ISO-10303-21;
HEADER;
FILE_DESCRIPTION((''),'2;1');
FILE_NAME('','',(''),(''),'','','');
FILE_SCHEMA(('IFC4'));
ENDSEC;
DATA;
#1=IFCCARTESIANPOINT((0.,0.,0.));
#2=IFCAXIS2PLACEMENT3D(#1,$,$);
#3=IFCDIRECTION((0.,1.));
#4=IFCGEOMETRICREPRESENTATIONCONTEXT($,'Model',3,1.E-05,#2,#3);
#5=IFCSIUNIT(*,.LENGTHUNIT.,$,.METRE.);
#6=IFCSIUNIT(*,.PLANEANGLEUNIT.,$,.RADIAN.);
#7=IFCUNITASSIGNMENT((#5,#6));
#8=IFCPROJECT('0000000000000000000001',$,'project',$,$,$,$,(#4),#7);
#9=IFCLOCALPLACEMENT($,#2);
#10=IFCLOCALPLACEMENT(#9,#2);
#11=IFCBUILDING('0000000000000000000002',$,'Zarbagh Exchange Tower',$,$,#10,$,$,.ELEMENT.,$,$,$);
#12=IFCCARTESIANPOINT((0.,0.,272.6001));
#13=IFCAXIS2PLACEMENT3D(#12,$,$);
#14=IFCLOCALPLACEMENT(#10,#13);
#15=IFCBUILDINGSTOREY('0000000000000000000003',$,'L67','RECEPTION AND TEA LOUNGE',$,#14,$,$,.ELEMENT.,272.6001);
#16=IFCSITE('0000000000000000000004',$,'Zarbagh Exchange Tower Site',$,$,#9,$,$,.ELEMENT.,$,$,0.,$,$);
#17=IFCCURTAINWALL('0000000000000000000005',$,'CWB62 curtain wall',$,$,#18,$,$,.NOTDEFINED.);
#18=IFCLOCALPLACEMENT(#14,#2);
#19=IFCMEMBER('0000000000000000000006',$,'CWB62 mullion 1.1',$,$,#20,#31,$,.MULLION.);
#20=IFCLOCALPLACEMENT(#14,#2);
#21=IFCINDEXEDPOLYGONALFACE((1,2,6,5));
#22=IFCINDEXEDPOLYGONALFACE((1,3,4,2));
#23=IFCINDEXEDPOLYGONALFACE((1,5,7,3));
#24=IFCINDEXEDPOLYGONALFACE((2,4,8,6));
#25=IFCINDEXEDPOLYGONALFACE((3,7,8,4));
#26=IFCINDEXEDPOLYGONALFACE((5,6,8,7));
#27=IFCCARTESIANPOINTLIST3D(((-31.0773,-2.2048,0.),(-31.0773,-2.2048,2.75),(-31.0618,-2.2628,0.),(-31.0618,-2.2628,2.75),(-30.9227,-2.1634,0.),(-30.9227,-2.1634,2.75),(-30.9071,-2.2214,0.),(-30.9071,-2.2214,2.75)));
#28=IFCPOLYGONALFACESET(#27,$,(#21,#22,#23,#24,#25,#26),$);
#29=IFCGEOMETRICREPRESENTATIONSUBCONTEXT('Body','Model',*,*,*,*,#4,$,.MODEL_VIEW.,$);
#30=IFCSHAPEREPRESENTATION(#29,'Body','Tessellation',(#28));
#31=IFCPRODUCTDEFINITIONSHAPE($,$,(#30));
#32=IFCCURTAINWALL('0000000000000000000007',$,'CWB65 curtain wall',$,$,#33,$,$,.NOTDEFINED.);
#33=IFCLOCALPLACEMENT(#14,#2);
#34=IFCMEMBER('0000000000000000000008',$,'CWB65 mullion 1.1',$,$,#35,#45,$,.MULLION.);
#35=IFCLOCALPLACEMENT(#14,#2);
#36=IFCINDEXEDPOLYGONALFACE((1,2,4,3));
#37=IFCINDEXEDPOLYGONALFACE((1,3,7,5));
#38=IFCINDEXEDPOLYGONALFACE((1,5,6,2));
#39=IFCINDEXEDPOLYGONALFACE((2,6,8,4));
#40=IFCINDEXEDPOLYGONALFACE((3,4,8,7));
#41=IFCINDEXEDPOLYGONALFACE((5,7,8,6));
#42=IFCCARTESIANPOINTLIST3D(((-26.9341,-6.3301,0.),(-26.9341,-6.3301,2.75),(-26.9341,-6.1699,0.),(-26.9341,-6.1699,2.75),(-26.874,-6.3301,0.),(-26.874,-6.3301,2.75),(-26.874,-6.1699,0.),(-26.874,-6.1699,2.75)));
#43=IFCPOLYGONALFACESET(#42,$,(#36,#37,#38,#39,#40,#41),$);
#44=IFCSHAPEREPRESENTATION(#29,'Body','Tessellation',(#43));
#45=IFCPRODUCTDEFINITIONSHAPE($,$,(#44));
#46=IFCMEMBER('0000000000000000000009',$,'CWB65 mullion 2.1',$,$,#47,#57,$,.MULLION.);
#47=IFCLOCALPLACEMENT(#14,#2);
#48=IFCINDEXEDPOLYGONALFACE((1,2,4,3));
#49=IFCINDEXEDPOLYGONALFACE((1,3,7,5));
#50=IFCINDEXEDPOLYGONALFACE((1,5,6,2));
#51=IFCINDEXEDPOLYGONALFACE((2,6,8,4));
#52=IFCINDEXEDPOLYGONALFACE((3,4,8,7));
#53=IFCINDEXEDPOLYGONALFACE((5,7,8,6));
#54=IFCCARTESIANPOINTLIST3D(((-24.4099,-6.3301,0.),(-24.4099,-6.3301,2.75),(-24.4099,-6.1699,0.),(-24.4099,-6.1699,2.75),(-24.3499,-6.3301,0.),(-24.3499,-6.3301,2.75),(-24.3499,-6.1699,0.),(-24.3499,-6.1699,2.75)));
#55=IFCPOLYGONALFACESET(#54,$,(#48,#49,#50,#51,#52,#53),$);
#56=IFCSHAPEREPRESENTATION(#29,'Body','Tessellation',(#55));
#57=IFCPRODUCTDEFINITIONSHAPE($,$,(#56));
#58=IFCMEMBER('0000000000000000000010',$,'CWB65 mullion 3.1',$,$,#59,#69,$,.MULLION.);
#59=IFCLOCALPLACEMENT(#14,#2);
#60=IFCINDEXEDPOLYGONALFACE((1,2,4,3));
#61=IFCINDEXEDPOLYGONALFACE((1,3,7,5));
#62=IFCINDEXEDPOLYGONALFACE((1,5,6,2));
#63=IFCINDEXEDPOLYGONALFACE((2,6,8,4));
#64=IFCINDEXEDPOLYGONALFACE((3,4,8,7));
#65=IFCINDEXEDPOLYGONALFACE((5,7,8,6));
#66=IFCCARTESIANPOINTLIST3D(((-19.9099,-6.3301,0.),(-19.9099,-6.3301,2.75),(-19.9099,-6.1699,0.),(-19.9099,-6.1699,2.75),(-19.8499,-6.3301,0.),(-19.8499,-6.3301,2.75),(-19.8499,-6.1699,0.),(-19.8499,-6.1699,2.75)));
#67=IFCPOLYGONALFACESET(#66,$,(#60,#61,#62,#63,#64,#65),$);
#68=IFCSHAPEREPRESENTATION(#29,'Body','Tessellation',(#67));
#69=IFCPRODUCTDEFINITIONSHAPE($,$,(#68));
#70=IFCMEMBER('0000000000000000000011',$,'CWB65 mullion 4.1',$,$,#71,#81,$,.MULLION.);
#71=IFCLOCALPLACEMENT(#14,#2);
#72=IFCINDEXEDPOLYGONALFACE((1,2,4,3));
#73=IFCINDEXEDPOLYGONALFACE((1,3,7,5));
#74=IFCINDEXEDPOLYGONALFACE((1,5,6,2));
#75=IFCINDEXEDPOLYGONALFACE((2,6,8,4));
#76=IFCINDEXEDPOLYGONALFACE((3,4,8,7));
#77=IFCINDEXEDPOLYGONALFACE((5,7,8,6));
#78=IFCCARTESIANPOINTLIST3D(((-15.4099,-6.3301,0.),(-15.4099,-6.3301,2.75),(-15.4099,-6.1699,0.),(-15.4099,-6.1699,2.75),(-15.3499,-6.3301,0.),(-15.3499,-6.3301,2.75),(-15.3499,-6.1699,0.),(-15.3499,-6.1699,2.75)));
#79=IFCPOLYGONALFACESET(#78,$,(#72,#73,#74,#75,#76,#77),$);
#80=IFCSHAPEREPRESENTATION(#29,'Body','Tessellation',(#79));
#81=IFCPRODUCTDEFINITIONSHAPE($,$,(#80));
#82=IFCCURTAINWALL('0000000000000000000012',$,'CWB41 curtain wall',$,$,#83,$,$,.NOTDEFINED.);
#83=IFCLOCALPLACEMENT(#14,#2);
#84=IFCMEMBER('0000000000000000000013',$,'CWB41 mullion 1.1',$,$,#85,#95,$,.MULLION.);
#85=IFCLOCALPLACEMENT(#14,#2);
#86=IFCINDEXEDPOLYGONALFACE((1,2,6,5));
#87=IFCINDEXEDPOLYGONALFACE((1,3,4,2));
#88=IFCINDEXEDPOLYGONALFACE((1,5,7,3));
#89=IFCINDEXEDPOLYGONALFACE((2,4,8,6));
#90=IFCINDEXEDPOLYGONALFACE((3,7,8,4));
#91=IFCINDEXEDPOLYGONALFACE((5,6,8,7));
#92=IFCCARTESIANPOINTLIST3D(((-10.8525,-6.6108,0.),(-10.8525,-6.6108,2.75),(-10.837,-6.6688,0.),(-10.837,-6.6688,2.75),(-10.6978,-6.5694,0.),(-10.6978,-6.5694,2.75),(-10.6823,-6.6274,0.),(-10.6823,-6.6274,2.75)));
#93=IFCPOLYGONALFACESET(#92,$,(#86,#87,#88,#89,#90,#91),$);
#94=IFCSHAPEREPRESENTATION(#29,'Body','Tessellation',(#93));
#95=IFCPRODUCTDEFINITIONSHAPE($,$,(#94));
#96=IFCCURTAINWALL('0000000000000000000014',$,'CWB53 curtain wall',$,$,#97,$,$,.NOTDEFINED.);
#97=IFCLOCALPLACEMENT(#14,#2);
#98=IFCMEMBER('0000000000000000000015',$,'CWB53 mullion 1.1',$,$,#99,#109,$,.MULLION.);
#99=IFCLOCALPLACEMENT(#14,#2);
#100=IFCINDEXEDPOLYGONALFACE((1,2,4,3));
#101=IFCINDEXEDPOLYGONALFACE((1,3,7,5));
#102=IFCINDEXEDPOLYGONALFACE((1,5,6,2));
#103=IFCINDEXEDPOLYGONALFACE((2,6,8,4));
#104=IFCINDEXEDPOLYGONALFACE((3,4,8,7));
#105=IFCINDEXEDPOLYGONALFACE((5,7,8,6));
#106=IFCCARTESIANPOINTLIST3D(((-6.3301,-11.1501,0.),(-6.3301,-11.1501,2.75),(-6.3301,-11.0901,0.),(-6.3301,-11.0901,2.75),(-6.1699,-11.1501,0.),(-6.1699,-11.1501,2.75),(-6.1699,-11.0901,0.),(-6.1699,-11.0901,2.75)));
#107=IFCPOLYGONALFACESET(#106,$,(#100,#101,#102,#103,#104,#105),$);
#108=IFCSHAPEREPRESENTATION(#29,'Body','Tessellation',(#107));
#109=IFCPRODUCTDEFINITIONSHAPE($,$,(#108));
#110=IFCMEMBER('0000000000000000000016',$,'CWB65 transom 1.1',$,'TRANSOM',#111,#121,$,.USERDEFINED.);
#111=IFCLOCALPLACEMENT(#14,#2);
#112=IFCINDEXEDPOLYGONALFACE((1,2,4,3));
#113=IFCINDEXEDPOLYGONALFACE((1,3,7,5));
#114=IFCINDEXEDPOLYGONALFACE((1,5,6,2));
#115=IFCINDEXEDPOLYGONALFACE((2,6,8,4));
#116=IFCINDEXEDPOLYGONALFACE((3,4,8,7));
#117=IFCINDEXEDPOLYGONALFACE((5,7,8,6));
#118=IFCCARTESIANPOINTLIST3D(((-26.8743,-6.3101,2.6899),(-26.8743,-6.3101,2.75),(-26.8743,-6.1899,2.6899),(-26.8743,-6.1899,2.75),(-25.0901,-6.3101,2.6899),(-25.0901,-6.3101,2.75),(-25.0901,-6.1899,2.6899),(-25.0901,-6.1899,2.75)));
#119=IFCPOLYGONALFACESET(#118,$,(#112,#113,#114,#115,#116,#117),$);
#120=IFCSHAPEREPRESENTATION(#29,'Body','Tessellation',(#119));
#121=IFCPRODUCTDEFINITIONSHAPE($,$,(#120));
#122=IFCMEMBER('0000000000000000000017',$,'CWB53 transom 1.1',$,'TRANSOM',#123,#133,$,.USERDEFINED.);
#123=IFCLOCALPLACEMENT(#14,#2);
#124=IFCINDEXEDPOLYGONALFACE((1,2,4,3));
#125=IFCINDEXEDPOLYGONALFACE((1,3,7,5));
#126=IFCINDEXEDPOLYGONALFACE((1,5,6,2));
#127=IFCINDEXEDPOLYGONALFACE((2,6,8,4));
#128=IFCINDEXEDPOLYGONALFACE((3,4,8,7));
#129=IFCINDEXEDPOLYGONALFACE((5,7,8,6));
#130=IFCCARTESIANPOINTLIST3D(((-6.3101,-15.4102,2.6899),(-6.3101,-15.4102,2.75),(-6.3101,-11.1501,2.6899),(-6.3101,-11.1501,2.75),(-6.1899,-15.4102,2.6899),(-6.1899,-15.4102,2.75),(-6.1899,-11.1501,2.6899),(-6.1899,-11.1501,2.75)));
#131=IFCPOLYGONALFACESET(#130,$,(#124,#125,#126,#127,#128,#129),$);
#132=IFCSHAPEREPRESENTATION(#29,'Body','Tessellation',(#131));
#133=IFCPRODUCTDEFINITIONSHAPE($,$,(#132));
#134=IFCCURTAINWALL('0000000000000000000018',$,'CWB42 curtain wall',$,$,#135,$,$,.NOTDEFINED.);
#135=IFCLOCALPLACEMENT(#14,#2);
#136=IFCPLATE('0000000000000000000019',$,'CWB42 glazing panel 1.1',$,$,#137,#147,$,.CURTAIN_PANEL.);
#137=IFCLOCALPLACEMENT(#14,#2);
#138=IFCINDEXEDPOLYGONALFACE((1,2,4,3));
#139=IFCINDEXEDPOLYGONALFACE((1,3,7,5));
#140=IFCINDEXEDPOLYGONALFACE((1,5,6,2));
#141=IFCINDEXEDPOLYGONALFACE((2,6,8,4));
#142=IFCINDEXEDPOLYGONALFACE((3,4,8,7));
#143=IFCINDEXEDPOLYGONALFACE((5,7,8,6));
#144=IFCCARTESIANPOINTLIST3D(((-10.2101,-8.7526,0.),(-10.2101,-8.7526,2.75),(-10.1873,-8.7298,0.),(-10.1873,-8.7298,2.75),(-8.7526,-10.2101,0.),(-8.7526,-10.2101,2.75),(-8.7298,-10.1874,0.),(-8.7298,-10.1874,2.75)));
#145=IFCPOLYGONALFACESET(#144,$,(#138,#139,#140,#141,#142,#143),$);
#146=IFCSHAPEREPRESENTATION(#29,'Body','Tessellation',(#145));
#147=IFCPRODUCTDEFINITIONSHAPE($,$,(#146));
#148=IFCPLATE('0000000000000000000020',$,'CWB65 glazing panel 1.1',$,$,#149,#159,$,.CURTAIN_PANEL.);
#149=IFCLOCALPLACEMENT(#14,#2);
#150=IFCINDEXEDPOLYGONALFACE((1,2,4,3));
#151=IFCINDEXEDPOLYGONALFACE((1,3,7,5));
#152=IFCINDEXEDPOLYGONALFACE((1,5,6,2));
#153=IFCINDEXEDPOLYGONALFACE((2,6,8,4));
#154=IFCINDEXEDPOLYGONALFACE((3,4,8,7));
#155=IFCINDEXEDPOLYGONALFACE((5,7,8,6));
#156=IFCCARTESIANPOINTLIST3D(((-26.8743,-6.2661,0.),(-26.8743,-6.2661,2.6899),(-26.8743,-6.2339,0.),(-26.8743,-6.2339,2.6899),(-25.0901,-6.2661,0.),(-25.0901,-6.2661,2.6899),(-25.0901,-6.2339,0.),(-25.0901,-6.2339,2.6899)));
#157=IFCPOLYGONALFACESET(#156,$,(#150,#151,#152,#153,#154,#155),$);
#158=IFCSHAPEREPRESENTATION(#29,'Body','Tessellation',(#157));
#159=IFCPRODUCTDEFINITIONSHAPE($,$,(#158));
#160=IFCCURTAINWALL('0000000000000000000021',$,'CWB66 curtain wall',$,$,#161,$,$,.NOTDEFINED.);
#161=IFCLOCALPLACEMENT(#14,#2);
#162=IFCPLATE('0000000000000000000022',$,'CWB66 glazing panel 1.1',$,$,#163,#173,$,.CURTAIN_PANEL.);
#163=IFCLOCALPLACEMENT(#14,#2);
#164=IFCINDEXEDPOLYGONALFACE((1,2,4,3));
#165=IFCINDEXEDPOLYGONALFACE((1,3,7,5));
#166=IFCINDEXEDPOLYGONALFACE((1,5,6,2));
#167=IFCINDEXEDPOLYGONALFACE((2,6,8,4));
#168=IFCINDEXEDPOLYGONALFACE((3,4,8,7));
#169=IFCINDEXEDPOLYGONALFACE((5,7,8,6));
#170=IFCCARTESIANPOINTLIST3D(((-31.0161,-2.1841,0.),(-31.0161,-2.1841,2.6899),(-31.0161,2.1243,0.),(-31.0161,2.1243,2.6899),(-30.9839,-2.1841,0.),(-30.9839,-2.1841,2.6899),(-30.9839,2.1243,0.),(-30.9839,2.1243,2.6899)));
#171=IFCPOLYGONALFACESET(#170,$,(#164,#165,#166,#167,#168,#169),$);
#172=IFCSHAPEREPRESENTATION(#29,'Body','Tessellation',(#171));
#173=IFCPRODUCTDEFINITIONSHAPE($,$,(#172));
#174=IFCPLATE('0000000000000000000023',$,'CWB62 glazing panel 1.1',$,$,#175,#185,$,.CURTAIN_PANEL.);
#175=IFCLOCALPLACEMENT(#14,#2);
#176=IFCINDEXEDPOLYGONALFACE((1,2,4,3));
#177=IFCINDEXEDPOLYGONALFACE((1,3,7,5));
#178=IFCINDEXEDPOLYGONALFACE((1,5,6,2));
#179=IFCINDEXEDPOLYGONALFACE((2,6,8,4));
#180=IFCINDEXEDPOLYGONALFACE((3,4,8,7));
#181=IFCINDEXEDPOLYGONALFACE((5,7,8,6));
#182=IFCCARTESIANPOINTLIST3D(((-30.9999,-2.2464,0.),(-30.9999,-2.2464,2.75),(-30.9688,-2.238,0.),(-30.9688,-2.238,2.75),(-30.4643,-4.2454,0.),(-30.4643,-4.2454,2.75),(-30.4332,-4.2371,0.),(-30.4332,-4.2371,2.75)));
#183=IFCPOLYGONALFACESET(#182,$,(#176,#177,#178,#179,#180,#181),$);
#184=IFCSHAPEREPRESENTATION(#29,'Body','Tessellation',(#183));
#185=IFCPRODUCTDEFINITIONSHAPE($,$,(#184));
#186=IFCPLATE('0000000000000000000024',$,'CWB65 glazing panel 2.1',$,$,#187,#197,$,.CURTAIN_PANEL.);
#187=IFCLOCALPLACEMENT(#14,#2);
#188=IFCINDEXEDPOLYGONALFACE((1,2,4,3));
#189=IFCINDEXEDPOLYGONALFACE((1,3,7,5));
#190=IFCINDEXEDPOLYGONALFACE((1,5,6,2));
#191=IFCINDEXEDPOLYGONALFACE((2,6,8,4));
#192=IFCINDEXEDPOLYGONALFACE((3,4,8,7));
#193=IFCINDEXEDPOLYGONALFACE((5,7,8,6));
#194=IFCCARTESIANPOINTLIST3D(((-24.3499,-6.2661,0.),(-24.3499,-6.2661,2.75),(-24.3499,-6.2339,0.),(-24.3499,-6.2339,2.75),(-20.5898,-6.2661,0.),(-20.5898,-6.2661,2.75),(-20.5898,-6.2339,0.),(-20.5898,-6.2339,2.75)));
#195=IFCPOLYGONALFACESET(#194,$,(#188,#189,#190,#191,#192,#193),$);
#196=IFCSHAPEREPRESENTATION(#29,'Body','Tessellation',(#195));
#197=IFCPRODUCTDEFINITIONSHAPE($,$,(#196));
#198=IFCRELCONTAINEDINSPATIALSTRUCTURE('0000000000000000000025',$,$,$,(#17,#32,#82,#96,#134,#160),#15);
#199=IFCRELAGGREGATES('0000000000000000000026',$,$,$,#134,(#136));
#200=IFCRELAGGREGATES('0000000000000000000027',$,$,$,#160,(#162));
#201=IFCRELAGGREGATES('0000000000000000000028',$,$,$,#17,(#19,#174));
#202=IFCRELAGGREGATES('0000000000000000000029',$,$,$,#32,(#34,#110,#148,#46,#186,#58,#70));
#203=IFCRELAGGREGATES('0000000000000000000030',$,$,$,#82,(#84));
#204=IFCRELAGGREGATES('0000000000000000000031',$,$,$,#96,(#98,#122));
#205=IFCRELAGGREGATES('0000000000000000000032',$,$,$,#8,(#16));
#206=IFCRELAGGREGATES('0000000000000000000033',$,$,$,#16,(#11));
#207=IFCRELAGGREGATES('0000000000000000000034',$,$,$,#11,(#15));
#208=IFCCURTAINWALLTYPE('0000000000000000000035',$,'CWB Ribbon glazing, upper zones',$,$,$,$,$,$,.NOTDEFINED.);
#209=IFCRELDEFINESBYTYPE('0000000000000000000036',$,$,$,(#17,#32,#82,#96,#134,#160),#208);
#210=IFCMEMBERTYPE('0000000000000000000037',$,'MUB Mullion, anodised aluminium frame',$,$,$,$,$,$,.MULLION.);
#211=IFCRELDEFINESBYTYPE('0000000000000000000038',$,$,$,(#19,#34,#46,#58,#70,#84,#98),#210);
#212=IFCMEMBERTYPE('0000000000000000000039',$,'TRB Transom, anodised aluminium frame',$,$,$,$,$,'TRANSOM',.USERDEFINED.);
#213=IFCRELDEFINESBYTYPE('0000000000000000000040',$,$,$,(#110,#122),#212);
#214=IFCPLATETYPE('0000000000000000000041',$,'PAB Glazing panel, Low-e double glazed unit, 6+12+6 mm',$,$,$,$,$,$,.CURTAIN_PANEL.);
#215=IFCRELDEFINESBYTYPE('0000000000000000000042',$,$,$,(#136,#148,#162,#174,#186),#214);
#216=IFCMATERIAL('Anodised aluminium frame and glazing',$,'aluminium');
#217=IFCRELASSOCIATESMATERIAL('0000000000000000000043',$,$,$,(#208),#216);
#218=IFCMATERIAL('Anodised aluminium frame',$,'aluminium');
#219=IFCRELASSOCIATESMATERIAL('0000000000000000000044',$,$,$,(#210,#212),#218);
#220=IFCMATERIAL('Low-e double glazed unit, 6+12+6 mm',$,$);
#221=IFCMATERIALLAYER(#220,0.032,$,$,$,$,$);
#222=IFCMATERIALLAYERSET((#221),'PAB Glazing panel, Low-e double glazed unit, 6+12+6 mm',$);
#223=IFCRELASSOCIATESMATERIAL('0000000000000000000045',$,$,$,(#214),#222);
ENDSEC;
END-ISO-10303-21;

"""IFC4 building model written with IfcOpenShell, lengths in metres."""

from ifc_helpers import new_model, si_unit, direction, frame, origin, place, context, subcontext, project, spatial, polyline, outline, extrude, source, transform, mapped, material, layer, layer_set, type_object, element, aggregate, save


model = new_model("IFC4")

# Units and contexts
model_context = context("Model", 3, precision=1e-05, world=origin(), true_north=direction((0.0, 1.0)))
body_context = subcontext(model_context, "Body", "Model", "MODEL_VIEW")
ifc_project = project(units=[si_unit("LENGTHUNIT", "METRE"), si_unit("PLANEANGLEUNIT", "RADIAN")], contexts=[model_context])

# Site, building, storey
site_placement = place(None, origin())
site = spatial("IfcSite", under=ifc_project, at=site_placement, Name="Zarbagh Exchange Tower Site", CompositionType="ELEMENT", RefElevation=0.0)
building_placement = place(site_placement, origin())
building = spatial("IfcBuilding", under=site, at=building_placement, Name="Zarbagh Exchange Tower", CompositionType="ELEMENT")
storey_placement = place(building_placement, frame((0.0, 0.0, 272.6001)))
storey = spatial("IfcBuildingStorey", under=building, at=storey_placement, Name="L67", Description="RECEPTION AND TEA LOUNGE", CompositionType="ELEMENT", Elevation=272.6001)

# Curtain wall, member
ifc_material_1 = material(Name="Anodised aluminium frame and glazing", Category="aluminium")
curtain_wall_type = type_object("IfcCurtainWallType", Name="CWB Ribbon glazing, upper zones", PredefinedType="NOTDEFINED", material=ifc_material_1)
curtain_wall_1_placement = place(storey_placement, origin())
curtain_wall_1 = element("IfcCurtainWall", 1, at=curtain_wall_1_placement, inside=storey, type_object=curtain_wall_type, Name="CWB62 curtain wall", PredefinedType="NOTDEFINED")
ifc_material_2 = material(Name="Anodised aluminium frame", Category="aluminium")
member_type_1 = type_object("IfcMemberType", Name="MUB Mullion, anodised aluminium frame", PredefinedType="MULLION", material=ifc_material_2)
shared_shape_1 = source(origin(), body_context, "Body", "SweptSolid", [
    extrude(outline(polyline([(0.0, -0.0801), (0.0601, -0.0801), (0.0601, 0.0801), (0.0, 0.0801), (0.0, -0.0801)])), origin(), (0.0, 0.0, 1.0), 2.75),
])
placement = place(storey_placement, origin())
member_1 = element("IfcMember", 2, at=placement, type_object=member_type_1, Name="CWB62 mullion 1.1", PredefinedType="MULLION", context=body_context, shape_type="MappedRepresentation", body=[
    mapped(shared_shape_1, transform((-31.0, -2.1841, 0.0), x_axis=(0.258825, -0.965924, 0.0), y_axis=(0.965924, 0.258825, 0.0), z_axis=(0.0, 0.0, 1.0))),
])

# Curtain wall, members
curtain_wall_2_placement = place(storey_placement, origin())
curtain_wall_2 = element("IfcCurtainWall", 3, at=curtain_wall_2_placement, inside=storey, type_object=curtain_wall_type, Name="CWB65 curtain wall", PredefinedType="NOTDEFINED")
member_2 = element("IfcMember", 4, at=placement, type_object=member_type_1, Name="CWB65 mullion 1.1", PredefinedType="MULLION", context=body_context, shape_type="MappedRepresentation", body=[
    mapped(shared_shape_1, transform((-26.9341, -6.25, 0.0), x_axis=(1.0, 0.0, 0.0), y_axis=(0.0, 1.0, 0.0), z_axis=(0.0, 0.0, 1.0))),
])
member_3 = element("IfcMember", 5, at=placement, type_object=member_type_1, Name="CWB65 mullion 2.1", PredefinedType="MULLION", context=body_context, shape_type="MappedRepresentation", body=[
    mapped(shared_shape_1, transform((-24.4099, -6.25, 0.0), x_axis=(1.0, 0.0, 0.0), y_axis=(0.0, 1.0, 0.0), z_axis=(0.0, 0.0, 1.0))),
])
member_4 = element("IfcMember", 6, at=placement, type_object=member_type_1, Name="CWB65 mullion 3.1", PredefinedType="MULLION", context=body_context, shape_type="MappedRepresentation", body=[
    mapped(shared_shape_1, transform((-19.9099, -6.25, 0.0), x_axis=(1.0, 0.0, 0.0), y_axis=(0.0, 1.0, 0.0), z_axis=(0.0, 0.0, 1.0))),
])
member_5 = element("IfcMember", 7, at=placement, type_object=member_type_1, Name="CWB65 mullion 4.1", PredefinedType="MULLION", context=body_context, shape_type="MappedRepresentation", body=[
    mapped(shared_shape_1, transform((-15.4099, -6.25, 0.0), x_axis=(1.0, 0.0, 0.0), y_axis=(0.0, 1.0, 0.0), z_axis=(0.0, 0.0, 1.0))),
])

# Curtain walls, members
curtain_wall_3_placement = place(storey_placement, origin())
curtain_wall_3 = element("IfcCurtainWall", 8, at=curtain_wall_3_placement, inside=storey, type_object=curtain_wall_type, Name="CWB41 curtain wall", PredefinedType="NOTDEFINED")
member_6 = element("IfcMember", 9, at=placement, type_object=member_type_1, Name="CWB41 mullion 1.1", PredefinedType="MULLION", context=body_context, shape_type="MappedRepresentation", body=[
    mapped(shared_shape_1, transform((-10.7751, -6.5901, 0.0), x_axis=(0.258825, -0.965924, 0.0), y_axis=(0.965924, 0.258825, 0.0), z_axis=(0.0, 0.0, 1.0))),
])
curtain_wall_4_placement = place(storey_placement, origin())
curtain_wall_4 = element("IfcCurtainWall", 10, at=curtain_wall_4_placement, inside=storey, type_object=curtain_wall_type, Name="CWB53 curtain wall", PredefinedType="NOTDEFINED")
member_7 = element("IfcMember", 11, at=placement, type_object=member_type_1, Name="CWB53 mullion 1.1", PredefinedType="MULLION", context=body_context, shape_type="MappedRepresentation", body=[
    mapped(shared_shape_1, transform((-6.25, -11.0901, 0.0), x_axis=(0.0, -1.0, 0.0), y_axis=(1.0, 0.0, 0.0), z_axis=(0.0, 0.0, 1.0))),
])

# Members
member_type_2 = type_object("IfcMemberType", Name="TRB Transom, anodised aluminium frame", ElementType="TRANSOM", PredefinedType="USERDEFINED", material=ifc_material_2)
shared_shape_2 = source(origin(), body_context, "Body", "SweptSolid", [
    extrude(outline(polyline([(-0.0601, -0.0601), (0.0, -0.0601), (0.0, 0.0601), (-0.0601, 0.0601), (-0.0601, -0.0601)])), origin(), (0.0, 0.0, 1.0), 1.7842),
])
member_8 = element("IfcMember", 12, at=placement, type_object=member_type_2, Name="CWB65 transom 1.1", ObjectType="TRANSOM", PredefinedType="USERDEFINED", context=body_context, shape_type="MappedRepresentation", body=[
    mapped(shared_shape_2, transform((-26.8743, -6.25, 2.75), x_axis=(0.0, 0.0, 1.0), y_axis=(0.0, -1.0, 0.0), z_axis=(1.0, 0.0, 0.0))),
])
shared_shape_3 = source(origin(), body_context, "Body", "SweptSolid", [
    extrude(outline(polyline([(-0.0601, -0.0601), (0.0, -0.0601), (0.0, 0.0601), (-0.0601, 0.0601), (-0.0601, -0.0601)])), origin(), (0.0, 0.0, 1.0), 4.26),
])
member_9 = element("IfcMember", 13, at=placement, type_object=member_type_2, Name="CWB53 transom 1.1", ObjectType="TRANSOM", PredefinedType="USERDEFINED", context=body_context, shape_type="MappedRepresentation", body=[
    mapped(shared_shape_3, transform((-6.25, -11.1501, 2.75), x_axis=(0.0, 0.0, 1.0), y_axis=(-1.0, 0.0, 0.0), z_axis=(0.0, -1.0, 0.0))),
])

# Curtain wall, plate
curtain_wall_5_placement = place(storey_placement, origin())
curtain_wall_5 = element("IfcCurtainWall", 14, at=curtain_wall_5_placement, inside=storey, type_object=curtain_wall_type, Name="CWB42 curtain wall", PredefinedType="NOTDEFINED")
ifc_material_3 = material(Name="Low-e double glazed unit, 6+12+6 mm")
ifc_layer = layer(ifc_material_3, 0.032)
ifc_layer_set = layer_set([ifc_layer], Name="PAB Glazing panel, Low-e double glazed unit, 6+12+6 mm")
plate_type = type_object("IfcPlateType", Name="PAB Glazing panel, Low-e double glazed unit, 6+12+6 mm", PredefinedType="CURTAIN_PANEL", material=ifc_layer_set)
shared_shape_4 = source(origin(), body_context, "Body", "SweptSolid", [
    extrude(outline(polyline([(0.0, -0.0161), (2.0613, -0.0161), (2.0613, 0.0161), (0.0, 0.0161), (0.0, -0.0161)])), origin(), (0.0, 0.0, 1.0), 2.75),
])
plate_1 = element("IfcPlate", 15, at=placement, type_object=plate_type, Name="CWB42 glazing panel 1.1", PredefinedType="CURTAIN_PANEL", context=body_context, shape_type="MappedRepresentation", body=[
    mapped(shared_shape_4, transform((-10.1987, -8.7412, 0.0), x_axis=(0.707107, -0.707107, 0.0), y_axis=(0.707107, 0.707107, 0.0), z_axis=(0.0, 0.0, 1.0))),
])
aggregate(curtain_wall_5, [plate_1])

# Plate
shared_shape_5 = source(origin(), body_context, "Body", "SweptSolid", [
    extrude(outline(polyline([(0.0, -0.0161), (1.7842, -0.0161), (1.7842, 0.0161), (0.0, 0.0161), (0.0, -0.0161)])), origin(), (0.0, 0.0, 1.0), 2.6899),
])
plate_2 = element("IfcPlate", 16, at=placement, type_object=plate_type, Name="CWB65 glazing panel 1.1", PredefinedType="CURTAIN_PANEL", context=body_context, shape_type="MappedRepresentation", body=[
    mapped(shared_shape_5, transform((-26.8743, -6.25, 0.0), x_axis=(1.0, 0.0, 0.0), y_axis=(0.0, 1.0, 0.0), z_axis=(0.0, 0.0, 1.0))),
])

# Curtain wall, plate
curtain_wall_6_placement = place(storey_placement, origin())
curtain_wall_6 = element("IfcCurtainWall", 17, at=curtain_wall_6_placement, inside=storey, type_object=curtain_wall_type, Name="CWB66 curtain wall", PredefinedType="NOTDEFINED")
shared_shape_6 = source(origin(), body_context, "Body", "SweptSolid", [
    extrude(outline(polyline([(0.0, -0.0161), (4.3083, -0.0161), (4.3083, 0.0161), (0.0, 0.0161), (0.0, -0.0161)])), origin(), (0.0, 0.0, 1.0), 2.6899),
])
plate_3 = element("IfcPlate", 18, at=placement, type_object=plate_type, Name="CWB66 glazing panel 1.1", PredefinedType="CURTAIN_PANEL", context=body_context, shape_type="MappedRepresentation", body=[
    mapped(shared_shape_6, transform((-31.0, 2.1243, 0.0), x_axis=(0.0, -1.0, 0.0), y_axis=(1.0, 0.0, 0.0), z_axis=(0.0, 0.0, 1.0))),
])
aggregate(curtain_wall_6, [plate_3])

# Plates
shared_shape_7 = source(origin(), body_context, "Body", "SweptSolid", [
    extrude(outline(polyline([(0.0, -0.0161), (2.0696, -0.0161), (2.0696, 0.0161), (0.0, 0.0161), (0.0, -0.0161)])), origin(), (0.0, 0.0, 1.0), 2.75),
])
plate_4 = element("IfcPlate", 19, at=placement, type_object=plate_type, Name="CWB62 glazing panel 1.1", PredefinedType="CURTAIN_PANEL", context=body_context, shape_type="MappedRepresentation", body=[
    mapped(shared_shape_7, transform((-30.9844, -2.2422, 0.0), x_axis=(0.258825, -0.965924, 0.0), y_axis=(0.965924, 0.258825, 0.0), z_axis=(0.0, 0.0, 1.0))),
])
aggregate(curtain_wall_1, [member_1, plate_4])
shared_shape_8 = source(origin(), body_context, "Body", "SweptSolid", [
    extrude(outline(polyline([(0.0, -0.0161), (3.76, -0.0161), (3.76, 0.0161), (0.0, 0.0161), (0.0, -0.0161)])), origin(), (0.0, 0.0, 1.0), 2.75),
])
plate_5 = element("IfcPlate", 20, at=placement, type_object=plate_type, Name="CWB65 glazing panel 2.1", PredefinedType="CURTAIN_PANEL", context=body_context, shape_type="MappedRepresentation", body=[
    mapped(shared_shape_8, transform((-24.3499, -6.25, 0.0), x_axis=(1.0, 0.0, 0.0), y_axis=(0.0, 1.0, 0.0), z_axis=(0.0, 0.0, 1.0))),
])
aggregate(curtain_wall_2, [member_2, member_8, plate_2, member_3, plate_5, member_4, member_5])
aggregate(curtain_wall_3, [member_6])

aggregate(curtain_wall_4, [member_7, member_9])

save(model, "model.ifc")
